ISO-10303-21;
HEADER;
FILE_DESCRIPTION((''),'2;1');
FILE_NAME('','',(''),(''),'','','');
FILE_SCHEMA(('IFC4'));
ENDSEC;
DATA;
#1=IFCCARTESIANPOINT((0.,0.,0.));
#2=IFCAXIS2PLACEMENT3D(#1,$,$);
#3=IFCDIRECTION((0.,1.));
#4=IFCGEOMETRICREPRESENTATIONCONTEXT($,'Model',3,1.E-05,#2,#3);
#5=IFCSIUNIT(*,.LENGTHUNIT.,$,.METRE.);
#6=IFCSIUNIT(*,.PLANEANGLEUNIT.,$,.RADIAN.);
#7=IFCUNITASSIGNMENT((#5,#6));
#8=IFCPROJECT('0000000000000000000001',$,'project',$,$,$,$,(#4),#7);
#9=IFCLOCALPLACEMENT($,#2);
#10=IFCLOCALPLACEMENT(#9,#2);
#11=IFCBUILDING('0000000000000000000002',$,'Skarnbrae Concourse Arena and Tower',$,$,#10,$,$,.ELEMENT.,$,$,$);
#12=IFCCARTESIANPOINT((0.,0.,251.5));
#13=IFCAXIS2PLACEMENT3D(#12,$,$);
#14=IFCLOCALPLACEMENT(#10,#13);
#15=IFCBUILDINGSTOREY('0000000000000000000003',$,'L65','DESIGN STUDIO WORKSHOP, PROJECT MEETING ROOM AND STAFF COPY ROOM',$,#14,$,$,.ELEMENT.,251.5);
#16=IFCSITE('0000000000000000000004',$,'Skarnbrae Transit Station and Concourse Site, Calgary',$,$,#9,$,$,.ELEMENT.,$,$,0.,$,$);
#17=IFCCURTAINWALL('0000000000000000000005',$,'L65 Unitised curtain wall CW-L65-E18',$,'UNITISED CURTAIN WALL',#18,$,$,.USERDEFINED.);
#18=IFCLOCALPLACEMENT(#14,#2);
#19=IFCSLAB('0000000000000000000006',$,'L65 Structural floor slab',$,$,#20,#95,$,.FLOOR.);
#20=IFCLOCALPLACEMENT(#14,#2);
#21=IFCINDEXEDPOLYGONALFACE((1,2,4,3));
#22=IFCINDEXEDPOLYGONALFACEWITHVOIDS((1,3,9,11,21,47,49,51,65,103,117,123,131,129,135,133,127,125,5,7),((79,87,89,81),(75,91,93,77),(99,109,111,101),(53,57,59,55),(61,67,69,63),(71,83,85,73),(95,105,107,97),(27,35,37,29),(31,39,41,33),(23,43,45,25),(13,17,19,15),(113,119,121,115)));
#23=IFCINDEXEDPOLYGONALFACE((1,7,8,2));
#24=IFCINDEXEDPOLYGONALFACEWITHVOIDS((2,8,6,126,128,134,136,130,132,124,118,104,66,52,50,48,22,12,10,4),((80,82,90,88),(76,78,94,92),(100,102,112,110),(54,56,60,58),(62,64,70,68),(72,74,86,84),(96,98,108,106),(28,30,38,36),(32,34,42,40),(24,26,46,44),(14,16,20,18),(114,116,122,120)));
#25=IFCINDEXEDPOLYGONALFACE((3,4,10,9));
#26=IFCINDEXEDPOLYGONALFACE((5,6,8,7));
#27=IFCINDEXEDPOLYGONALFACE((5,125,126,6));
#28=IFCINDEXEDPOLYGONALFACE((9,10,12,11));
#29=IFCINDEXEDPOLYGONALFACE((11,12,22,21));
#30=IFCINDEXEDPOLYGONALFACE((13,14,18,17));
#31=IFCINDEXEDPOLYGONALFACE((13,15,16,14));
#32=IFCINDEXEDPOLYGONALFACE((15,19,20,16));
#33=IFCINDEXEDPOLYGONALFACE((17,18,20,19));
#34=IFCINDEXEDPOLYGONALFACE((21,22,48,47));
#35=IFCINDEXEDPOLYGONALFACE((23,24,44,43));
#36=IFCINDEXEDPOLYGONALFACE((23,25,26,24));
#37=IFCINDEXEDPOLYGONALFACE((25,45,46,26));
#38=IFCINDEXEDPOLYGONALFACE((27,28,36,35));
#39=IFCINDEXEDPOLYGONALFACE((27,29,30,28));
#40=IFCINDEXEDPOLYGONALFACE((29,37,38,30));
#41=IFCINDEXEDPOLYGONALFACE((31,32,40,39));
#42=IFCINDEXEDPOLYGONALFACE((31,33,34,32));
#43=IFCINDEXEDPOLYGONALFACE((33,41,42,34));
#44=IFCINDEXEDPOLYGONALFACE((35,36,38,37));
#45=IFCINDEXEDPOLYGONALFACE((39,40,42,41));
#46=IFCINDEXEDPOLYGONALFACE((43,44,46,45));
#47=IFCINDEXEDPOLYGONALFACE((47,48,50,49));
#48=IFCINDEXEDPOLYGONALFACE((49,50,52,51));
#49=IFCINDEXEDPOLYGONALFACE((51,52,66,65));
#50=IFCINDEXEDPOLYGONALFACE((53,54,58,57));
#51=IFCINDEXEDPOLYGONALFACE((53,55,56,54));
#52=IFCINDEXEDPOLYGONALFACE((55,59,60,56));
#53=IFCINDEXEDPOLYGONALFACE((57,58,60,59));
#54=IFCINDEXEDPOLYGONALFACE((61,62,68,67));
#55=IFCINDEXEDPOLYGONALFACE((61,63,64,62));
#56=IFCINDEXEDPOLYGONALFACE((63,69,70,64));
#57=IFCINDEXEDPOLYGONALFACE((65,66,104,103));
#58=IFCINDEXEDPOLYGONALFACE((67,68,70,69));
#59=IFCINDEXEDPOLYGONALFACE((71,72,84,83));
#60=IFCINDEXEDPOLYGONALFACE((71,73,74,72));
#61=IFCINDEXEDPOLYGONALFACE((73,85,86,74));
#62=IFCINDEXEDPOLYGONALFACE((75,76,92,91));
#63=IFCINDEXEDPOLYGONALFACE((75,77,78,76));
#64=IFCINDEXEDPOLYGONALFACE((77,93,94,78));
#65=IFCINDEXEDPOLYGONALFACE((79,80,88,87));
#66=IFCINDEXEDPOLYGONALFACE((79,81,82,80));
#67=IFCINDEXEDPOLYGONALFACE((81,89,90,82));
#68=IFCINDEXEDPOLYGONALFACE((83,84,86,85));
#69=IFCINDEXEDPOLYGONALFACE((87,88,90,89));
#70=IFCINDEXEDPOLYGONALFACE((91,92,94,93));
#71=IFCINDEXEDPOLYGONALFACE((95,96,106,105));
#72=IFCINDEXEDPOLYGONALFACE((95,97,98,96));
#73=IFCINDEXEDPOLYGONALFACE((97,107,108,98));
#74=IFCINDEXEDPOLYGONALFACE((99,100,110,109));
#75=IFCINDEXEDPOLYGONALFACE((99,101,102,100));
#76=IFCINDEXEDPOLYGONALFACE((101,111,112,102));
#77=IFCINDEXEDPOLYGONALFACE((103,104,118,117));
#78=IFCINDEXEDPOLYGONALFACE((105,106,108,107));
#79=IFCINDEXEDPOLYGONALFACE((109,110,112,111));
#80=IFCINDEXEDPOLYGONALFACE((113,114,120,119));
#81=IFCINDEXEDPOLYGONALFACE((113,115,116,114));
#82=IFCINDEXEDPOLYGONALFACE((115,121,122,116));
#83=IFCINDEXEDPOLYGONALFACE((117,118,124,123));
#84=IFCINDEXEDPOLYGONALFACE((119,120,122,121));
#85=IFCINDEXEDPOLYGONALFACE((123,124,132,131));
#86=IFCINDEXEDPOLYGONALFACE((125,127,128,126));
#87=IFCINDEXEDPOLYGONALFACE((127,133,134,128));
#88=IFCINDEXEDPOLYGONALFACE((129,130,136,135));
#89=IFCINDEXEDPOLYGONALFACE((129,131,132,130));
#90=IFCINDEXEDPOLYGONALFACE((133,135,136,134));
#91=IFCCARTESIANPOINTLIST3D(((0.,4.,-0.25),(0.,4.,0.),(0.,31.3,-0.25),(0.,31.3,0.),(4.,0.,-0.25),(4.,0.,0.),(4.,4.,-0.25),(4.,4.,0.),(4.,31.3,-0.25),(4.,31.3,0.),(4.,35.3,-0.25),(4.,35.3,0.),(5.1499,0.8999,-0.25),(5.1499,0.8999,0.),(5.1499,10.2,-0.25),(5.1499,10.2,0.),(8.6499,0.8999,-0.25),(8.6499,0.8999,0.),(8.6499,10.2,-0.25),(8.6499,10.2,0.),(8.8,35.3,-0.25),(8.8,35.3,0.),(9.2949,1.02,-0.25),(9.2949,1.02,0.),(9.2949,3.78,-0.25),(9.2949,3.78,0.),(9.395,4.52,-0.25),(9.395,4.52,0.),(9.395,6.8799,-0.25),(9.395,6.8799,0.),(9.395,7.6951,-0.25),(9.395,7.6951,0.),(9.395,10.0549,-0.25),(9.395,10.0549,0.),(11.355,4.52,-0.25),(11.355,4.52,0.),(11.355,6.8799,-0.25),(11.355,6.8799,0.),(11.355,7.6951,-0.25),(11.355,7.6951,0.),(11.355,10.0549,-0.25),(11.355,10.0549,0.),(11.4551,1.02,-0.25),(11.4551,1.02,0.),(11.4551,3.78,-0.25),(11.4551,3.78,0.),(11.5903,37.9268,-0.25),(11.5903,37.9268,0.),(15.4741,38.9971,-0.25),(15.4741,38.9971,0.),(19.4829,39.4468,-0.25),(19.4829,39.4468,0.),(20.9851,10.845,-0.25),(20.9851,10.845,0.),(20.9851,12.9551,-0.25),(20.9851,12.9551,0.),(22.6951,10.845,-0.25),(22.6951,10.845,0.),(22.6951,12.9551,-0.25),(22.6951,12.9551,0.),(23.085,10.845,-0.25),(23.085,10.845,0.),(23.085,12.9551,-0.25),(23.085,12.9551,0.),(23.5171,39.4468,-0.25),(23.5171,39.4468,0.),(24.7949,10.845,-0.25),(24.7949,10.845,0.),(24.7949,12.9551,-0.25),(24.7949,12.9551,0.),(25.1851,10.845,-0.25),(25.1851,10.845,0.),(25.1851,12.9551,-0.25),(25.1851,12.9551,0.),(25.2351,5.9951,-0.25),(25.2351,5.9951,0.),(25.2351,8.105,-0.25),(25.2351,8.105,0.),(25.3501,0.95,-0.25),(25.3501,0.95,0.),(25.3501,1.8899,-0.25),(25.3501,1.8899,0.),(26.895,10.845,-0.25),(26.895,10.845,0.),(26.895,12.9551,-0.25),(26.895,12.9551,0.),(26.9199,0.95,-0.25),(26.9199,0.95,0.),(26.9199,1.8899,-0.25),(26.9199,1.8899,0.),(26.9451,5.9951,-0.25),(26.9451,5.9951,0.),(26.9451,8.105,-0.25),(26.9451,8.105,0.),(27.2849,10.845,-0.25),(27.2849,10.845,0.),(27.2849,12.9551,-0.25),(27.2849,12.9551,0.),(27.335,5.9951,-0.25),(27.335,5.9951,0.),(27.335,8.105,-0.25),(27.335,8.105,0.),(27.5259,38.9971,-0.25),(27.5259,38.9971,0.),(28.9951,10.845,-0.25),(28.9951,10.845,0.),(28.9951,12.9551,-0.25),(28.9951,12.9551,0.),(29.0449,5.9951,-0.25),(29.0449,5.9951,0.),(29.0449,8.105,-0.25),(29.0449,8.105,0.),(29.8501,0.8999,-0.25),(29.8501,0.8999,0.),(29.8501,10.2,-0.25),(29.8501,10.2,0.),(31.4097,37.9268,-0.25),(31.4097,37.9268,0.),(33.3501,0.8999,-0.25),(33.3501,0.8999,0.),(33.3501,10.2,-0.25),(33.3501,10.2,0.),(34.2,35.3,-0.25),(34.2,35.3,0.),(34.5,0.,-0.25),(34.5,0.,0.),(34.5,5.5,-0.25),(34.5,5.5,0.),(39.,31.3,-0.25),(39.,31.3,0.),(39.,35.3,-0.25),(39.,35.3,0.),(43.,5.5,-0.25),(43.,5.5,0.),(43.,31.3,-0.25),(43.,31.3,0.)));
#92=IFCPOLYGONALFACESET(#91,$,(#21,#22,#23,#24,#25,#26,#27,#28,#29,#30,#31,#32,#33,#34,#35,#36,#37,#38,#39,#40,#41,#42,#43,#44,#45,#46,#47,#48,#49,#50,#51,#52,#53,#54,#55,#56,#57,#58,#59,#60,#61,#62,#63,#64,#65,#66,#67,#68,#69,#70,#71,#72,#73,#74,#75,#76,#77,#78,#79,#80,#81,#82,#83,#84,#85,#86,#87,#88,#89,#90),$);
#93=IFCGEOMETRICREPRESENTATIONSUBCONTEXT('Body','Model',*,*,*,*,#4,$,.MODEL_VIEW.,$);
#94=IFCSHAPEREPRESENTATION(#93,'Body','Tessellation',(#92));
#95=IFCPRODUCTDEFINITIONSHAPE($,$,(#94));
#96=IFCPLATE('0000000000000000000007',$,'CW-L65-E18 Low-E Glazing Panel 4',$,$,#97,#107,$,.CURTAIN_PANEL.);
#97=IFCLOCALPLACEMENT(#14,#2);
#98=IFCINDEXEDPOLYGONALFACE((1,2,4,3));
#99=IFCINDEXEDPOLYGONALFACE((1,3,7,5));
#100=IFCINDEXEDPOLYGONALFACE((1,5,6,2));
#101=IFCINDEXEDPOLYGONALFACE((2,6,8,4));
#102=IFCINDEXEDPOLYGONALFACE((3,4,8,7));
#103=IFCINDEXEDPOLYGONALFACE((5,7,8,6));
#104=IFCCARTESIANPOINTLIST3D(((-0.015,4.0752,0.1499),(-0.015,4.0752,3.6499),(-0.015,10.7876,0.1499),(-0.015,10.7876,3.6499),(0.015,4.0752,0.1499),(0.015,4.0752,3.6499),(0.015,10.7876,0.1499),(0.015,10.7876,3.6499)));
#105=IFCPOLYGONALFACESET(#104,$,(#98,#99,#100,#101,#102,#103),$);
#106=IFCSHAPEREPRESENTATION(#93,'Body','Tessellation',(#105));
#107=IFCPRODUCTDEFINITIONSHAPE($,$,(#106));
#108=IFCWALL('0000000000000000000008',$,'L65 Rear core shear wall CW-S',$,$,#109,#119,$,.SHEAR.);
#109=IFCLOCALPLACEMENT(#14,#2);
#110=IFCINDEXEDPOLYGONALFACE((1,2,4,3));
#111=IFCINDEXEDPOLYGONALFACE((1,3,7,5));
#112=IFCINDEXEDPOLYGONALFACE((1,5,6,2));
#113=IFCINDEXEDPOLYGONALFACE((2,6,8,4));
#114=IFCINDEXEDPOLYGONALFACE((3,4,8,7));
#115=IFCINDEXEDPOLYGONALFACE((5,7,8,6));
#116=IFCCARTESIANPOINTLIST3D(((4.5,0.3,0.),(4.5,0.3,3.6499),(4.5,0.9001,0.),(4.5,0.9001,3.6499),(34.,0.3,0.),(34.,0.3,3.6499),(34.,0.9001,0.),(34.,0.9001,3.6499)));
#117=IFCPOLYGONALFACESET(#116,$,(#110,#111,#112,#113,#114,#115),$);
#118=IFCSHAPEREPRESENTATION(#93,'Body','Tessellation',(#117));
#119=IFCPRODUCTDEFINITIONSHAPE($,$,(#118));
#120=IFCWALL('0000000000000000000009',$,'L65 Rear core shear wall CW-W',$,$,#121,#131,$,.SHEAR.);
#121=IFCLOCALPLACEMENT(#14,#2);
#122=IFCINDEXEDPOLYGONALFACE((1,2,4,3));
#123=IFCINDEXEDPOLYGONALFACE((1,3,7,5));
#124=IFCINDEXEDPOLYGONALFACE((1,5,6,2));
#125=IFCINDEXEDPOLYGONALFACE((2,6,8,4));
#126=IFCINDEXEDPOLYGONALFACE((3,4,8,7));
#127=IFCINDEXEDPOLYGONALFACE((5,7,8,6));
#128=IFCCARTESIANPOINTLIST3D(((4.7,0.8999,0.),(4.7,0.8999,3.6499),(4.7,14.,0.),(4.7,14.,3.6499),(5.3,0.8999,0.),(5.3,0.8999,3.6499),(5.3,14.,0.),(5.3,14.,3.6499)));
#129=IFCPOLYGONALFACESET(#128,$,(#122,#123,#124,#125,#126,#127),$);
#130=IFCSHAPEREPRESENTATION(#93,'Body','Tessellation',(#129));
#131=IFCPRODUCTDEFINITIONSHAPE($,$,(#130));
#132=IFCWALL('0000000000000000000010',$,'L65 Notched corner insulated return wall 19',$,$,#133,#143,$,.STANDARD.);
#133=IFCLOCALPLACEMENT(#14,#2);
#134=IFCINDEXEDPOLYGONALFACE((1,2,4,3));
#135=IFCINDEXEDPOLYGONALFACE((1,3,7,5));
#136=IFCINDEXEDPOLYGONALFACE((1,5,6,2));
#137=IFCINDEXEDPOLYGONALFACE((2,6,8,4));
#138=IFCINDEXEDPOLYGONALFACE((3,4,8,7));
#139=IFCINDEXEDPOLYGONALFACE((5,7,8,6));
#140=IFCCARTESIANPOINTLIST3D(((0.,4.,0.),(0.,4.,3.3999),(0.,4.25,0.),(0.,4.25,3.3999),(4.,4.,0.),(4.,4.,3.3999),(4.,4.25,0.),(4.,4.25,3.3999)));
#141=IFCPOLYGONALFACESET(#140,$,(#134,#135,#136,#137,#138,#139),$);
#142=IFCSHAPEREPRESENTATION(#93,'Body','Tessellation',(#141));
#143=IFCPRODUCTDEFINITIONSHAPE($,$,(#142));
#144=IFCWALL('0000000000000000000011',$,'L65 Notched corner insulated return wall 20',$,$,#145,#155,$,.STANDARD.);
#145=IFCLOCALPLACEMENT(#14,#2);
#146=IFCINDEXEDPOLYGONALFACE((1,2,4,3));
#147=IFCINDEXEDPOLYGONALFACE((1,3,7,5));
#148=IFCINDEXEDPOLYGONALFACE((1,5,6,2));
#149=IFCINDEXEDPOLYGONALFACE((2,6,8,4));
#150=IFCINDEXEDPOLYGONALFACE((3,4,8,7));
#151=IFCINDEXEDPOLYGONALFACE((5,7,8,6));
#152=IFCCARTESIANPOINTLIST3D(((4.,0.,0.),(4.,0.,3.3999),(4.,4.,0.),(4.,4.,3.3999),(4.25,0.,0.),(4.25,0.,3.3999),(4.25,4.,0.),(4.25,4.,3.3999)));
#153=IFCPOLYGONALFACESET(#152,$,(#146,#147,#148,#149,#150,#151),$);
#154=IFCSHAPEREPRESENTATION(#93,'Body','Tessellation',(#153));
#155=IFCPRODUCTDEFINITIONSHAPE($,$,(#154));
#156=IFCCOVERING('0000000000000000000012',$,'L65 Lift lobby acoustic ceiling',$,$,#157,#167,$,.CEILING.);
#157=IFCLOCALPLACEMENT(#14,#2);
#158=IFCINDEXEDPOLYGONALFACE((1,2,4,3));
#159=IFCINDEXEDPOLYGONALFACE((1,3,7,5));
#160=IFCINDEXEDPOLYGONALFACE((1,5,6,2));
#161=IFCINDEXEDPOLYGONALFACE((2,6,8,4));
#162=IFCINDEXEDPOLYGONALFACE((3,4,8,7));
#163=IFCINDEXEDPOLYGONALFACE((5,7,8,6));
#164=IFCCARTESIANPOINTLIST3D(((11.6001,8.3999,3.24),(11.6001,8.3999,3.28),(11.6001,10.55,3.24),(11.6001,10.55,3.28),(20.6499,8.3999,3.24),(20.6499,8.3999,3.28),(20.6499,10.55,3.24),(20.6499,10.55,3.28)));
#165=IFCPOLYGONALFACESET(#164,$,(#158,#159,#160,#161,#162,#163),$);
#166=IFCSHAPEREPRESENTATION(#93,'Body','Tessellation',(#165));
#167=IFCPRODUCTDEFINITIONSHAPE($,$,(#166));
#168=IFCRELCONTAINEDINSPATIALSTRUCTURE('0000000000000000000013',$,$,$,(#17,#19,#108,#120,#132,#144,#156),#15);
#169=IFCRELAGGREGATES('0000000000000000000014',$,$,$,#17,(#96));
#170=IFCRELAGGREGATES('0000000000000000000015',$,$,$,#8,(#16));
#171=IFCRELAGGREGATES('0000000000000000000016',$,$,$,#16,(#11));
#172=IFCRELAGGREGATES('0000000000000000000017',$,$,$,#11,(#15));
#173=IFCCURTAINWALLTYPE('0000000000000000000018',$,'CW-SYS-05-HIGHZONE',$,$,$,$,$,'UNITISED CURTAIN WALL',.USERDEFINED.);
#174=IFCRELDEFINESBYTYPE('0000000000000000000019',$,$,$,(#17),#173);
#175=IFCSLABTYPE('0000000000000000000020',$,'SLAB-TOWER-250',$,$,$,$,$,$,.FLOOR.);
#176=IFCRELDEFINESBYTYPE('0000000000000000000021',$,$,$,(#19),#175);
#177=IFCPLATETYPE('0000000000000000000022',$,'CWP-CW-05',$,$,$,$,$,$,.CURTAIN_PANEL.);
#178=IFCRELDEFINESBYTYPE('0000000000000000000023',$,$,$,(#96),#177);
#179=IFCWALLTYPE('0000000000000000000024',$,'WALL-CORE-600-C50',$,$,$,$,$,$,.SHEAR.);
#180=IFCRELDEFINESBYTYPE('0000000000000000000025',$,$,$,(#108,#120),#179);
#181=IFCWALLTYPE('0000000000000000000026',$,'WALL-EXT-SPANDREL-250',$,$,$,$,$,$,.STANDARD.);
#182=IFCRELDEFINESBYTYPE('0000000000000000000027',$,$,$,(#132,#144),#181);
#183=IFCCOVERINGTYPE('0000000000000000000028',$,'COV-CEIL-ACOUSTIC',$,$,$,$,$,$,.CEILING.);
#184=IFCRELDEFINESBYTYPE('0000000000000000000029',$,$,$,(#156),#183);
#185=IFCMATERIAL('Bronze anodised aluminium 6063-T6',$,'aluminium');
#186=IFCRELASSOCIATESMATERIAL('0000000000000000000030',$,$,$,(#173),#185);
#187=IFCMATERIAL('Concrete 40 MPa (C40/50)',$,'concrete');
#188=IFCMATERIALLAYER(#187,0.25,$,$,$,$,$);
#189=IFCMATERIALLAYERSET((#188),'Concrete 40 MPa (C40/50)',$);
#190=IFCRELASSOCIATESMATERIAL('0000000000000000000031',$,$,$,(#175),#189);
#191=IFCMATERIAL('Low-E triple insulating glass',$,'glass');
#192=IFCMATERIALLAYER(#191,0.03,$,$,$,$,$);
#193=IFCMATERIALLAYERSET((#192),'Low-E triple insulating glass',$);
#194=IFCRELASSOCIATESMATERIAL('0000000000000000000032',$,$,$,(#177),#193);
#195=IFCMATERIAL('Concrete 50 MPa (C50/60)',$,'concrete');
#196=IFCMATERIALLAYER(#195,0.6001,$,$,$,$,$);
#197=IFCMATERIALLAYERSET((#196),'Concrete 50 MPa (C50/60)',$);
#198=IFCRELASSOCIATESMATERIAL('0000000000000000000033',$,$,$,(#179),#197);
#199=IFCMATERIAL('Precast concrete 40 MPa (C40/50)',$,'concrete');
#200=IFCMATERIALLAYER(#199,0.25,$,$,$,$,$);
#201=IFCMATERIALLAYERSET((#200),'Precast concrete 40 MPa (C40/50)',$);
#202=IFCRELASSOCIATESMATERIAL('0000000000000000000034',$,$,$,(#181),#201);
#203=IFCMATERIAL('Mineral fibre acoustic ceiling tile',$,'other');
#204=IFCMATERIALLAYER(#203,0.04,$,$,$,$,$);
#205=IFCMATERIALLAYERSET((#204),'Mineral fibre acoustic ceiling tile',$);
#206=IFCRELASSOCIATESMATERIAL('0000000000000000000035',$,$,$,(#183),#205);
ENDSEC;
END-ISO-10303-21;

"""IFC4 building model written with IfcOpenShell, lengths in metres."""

from ifc_helpers import new_model, si_unit, direction, frame, frame_2d, origin, origin_2d, place, context, subcontext, project, spatial, polyline, rectangle, outline, extrude, source, transform, mapped, material, layer, layer_set, type_object, element, aggregate, save


model = new_model("IFC4")

# Units and contexts
model_context = context("Model", 3, precision=1e-05, world=origin(), true_north=direction((0.0, 1.0)))
body_context = subcontext(model_context, "Body", "Model", "MODEL_VIEW")
ifc_project = project(units=[si_unit("LENGTHUNIT", "METRE"), si_unit("PLANEANGLEUNIT", "RADIAN")], contexts=[model_context])

# Site, building, storey
site_placement = place(None, origin())
site = spatial("IfcSite", under=ifc_project, at=site_placement, Name="Skarnbrae Transit Station and Concourse Site, Calgary", CompositionType="ELEMENT", RefElevation=0.0)
building_placement = place(site_placement, origin())
building = spatial("IfcBuilding", under=site, at=building_placement, Name="Skarnbrae Concourse Arena and Tower", CompositionType="ELEMENT")
storey_placement = place(building_placement, frame((0.0, 0.0, 251.5)))
storey = spatial("IfcBuildingStorey", under=building, at=storey_placement, Name="L65", Description="DESIGN STUDIO WORKSHOP, PROJECT MEETING ROOM AND STAFF COPY ROOM", CompositionType="ELEMENT", Elevation=251.5)

# Curtain wall
ifc_material_1 = material(Name="Bronze anodised aluminium 6063-T6", Category="aluminium")
curtain_wall_type = type_object("IfcCurtainWallType", Name="CW-SYS-05-HIGHZONE", ElementType="UNITISED CURTAIN WALL", PredefinedType="USERDEFINED", material=ifc_material_1)
curtain_wall_placement = place(storey_placement, origin())
curtain_wall = element("IfcCurtainWall", 1, at=curtain_wall_placement, inside=storey, type_object=curtain_wall_type, Name="L65 Unitised curtain wall CW-L65-E18", ObjectType="UNITISED CURTAIN WALL", PredefinedType="USERDEFINED")

# Shared definitions
ifc_material_2 = material(Name="Concrete 40 MPa (C40/50)", Category="concrete")

# Slab
ifc_layer_1 = layer(ifc_material_2, 0.25)
ifc_layer_set_1 = layer_set([ifc_layer_1], Name="Concrete 40 MPa (C40/50)")
slab_type_1 = type_object("IfcSlabType", Name="SLAB-TOWER-250", PredefinedType="FLOOR", material=ifc_layer_set_1)
slab_1_placement = place(storey_placement, frame((0.0, 0.0, -0.25)))
element("IfcSlab", 2, at=slab_1_placement, inside=storey, type_object=slab_type_1, Name="L65 Structural floor slab", PredefinedType="FLOOR", context=body_context, shape_type="SweptSolid", body=[
    extrude(outline(polyline([(4.0, 0.0), (34.5, 0.0), (34.5, 5.5), (43.0, 5.5), (43.0, 31.3), (39.0, 31.3), (39.0, 35.3), (34.2, 35.3), (31.4097, 37.9268), (27.5259, 38.9971), (23.5171, 39.4468), (19.4829, 39.4468), (15.4741, 38.9971), (11.5903, 37.9268), (8.8, 35.3), (4.0, 35.3), (4.0, 31.3), (0.0, 31.3), (0.0, 4.0), (4.0, 4.0), (4.0, 0.0)]), holes=[polyline([(9.2949, 1.02), (9.2949, 3.78), (11.4551, 3.78), (11.4551, 1.02), (9.2949, 1.02)]), polyline([(8.6499, 10.2), (8.6499, 0.8999), (5.1499, 0.8999), (5.1499, 10.2), (8.6499, 10.2)]), polyline([(9.395, 6.8799), (11.355, 6.8799), (11.355, 4.52), (9.395, 4.52), (9.395, 6.8799)]), polyline([(9.395, 7.6951), (9.395, 10.0549), (11.355, 10.0549), (11.355, 7.6951), (9.395, 7.6951)]), polyline([(20.9851, 12.9551), (22.6951, 12.9551), (22.6951, 10.845), (20.9851, 10.845), (20.9851, 12.9551)]), polyline([(23.085, 12.9551), (24.7949, 12.9551), (24.7949, 10.845), (23.085, 10.845), (23.085, 12.9551)]), polyline([(25.3501, 0.95), (25.3501, 1.8899), (26.9199, 1.8899), (26.9199, 0.95), (25.3501, 0.95)]), polyline([(33.3501, 10.2), (33.3501, 0.8999), (29.8501, 0.8999), (29.8501, 10.2), (33.3501, 10.2)]), polyline([(25.2351, 8.105), (26.9451, 8.105), (26.9451, 5.9951), (25.2351, 5.9951), (25.2351, 8.105)]), polyline([(27.335, 5.9951), (27.335, 8.105), (29.0449, 8.105), (29.0449, 5.9951), (27.335, 5.9951)]), polyline([(25.1851, 12.9551), (26.895, 12.9551), (26.895, 10.845), (25.1851, 10.845), (25.1851, 12.9551)]), polyline([(27.2849, 12.9551), (28.9951, 12.9551), (28.9951, 10.845), (27.2849, 10.845), (27.2849, 12.9551)])]), origin(), (0.0, 0.0, 1.0), 0.25),
])

# Plate
ifc_material_3 = material(Name="Low-E triple insulating glass", Category="glass")
ifc_layer_2 = layer(ifc_material_3, 0.03)
ifc_layer_set_2 = layer_set([ifc_layer_2], Name="Low-E triple insulating glass")
plate_type = type_object("IfcPlateType", Name="CWP-CW-05", PredefinedType="CURTAIN_PANEL", material=ifc_layer_set_2)
shared_shape_1 = source(origin(), body_context, "Body", "SweptSolid", [
    extrude(rectangle(XDim=6.7124, YDim=0.03, at=origin_2d()), origin(), (0.0, 0.0, 1.0), 3.5),
])
plate_placement = place(storey_placement, frame((0.0, 7.4314, 0.1499), z_axis=(0.0, 0.0, 1.0), x_axis=(0.0, -1.0, 0.0)))
plate = element("IfcPlate", 3, at=plate_placement, type_object=plate_type, Name="CW-L65-E18 Low-E Glazing Panel 4", PredefinedType="CURTAIN_PANEL", context=body_context, shape_type="MappedRepresentation", body=[
    mapped(shared_shape_1, transform((0.0, 0.0, 0.0))),
])
aggregate(curtain_wall, [plate])

# Shared definitions
ifc_material_4 = material(Name="Concrete 50 MPa (C50/60)", Category="concrete")

# Walls
ifc_layer_3 = layer(ifc_material_4, 0.6001)
ifc_layer_set_3 = layer_set([ifc_layer_3], Name="Concrete 50 MPa (C50/60)")
wall_type_1 = type_object("IfcWallType", Name="WALL-CORE-600-C50", PredefinedType="SHEAR", material=ifc_layer_set_3)
shared_shape_2 = source(origin(), body_context, "Body", "SweptSolid", [
    extrude(rectangle(XDim=29.5, YDim=0.6001, at=frame_2d((14.75, 0.0))), origin(), (0.0, 0.0, 1.0), 3.6499),
])
wall_1_placement = place(storey_placement, frame((4.5, 0.6001, 0.0), z_axis=(0.0, 0.0, 1.0), x_axis=(1.0, 0.0, 0.0)))
element("IfcWall", 4, at=wall_1_placement, inside=storey, type_object=wall_type_1, Name="L65 Rear core shear wall CW-S", PredefinedType="SHEAR", context=body_context, shape_type="MappedRepresentation", body=[
    mapped(shared_shape_2, transform((0.0, 0.0, 0.0))),
])
shared_shape_3 = source(origin(), body_context, "Body", "SweptSolid", [
    extrude(rectangle(XDim=13.1001, YDim=0.6001, at=frame_2d((6.55, 0.0))), origin(), (0.0, 0.0, 1.0), 3.6499),
])
wall_2_placement = place(storey_placement, frame((5.0, 0.8999, 0.0), z_axis=(0.0, 0.0, 1.0), x_axis=(0.0, 1.0, 0.0)))
element("IfcWall", 5, at=wall_2_placement, inside=storey, type_object=wall_type_1, Name="L65 Rear core shear wall CW-W", PredefinedType="SHEAR", context=body_context, shape_type="MappedRepresentation", body=[
    mapped(shared_shape_3, transform((0.0, 0.0, 0.0))),
])
ifc_material_5 = material(Name="Precast concrete 40 MPa (C40/50)", Category="concrete")
ifc_layer_4 = layer(ifc_material_5, 0.25)
ifc_layer_set_4 = layer_set([ifc_layer_4], Name="Precast concrete 40 MPa (C40/50)")
wall_type_2 = type_object("IfcWallType", Name="WALL-EXT-SPANDREL-250", PredefinedType="STANDARD", material=ifc_layer_set_4)
shared_shape_4 = source(origin(), body_context, "Body", "SweptSolid", [
    extrude(rectangle(XDim=4.0, YDim=0.25, at=frame_2d((2.0, 0.0))), origin(), (0.0, 0.0, 1.0), 3.3999),
])
for number, where, z_axis, x_axis, name in (
    (6, (0.0, 4.125, 0.0), (0.0, 0.0, 1.0), (1.0, 0.0, 0.0), "L65 Notched corner insulated return wall 19"),
    (7, (4.125, 4.0, 0.0), (0.0, 0.0, 1.0), (0.0, -1.0, 0.0), "L65 Notched corner insulated return wall 20"),
):
    element("IfcWall", number, at=place(storey_placement, frame(where, z_axis=z_axis, x_axis=x_axis)), inside=storey, type_object=wall_type_2, Name=name, PredefinedType="STANDARD", context=body_context, shape_type="MappedRepresentation", body=[
        mapped(shared_shape_4, transform((0.0, 0.0, 0.0))),
    ])

# Covering
ifc_material_6 = material(Name="Mineral fibre acoustic ceiling tile", Category="other")
ifc_layer_5 = layer(ifc_material_6, 0.04)
ifc_layer_set_5 = layer_set([ifc_layer_5], Name="Mineral fibre acoustic ceiling tile")
covering_type_1 = type_object("IfcCoveringType", Name="COV-CEIL-ACOUSTIC", PredefinedType="CEILING", material=ifc_layer_set_5)
covering_1_placement = place(storey_placement, frame((0.0, 0.0, 3.24)))
element("IfcCovering", 8, at=covering_1_placement, inside=storey, type_object=covering_type_1, Name="L65 Lift lobby acoustic ceiling", PredefinedType="CEILING", context=body_context, shape_type="SweptSolid", body=[
    extrude(outline(polyline([(11.6001, 8.3999), (20.6499, 8.3999), (20.6499, 10.55), (11.6001, 10.55), (11.6001, 8.3999)])), origin(), (0.0, 0.0, 1.0), 0.04),
])

save(model, "model.ifc")
